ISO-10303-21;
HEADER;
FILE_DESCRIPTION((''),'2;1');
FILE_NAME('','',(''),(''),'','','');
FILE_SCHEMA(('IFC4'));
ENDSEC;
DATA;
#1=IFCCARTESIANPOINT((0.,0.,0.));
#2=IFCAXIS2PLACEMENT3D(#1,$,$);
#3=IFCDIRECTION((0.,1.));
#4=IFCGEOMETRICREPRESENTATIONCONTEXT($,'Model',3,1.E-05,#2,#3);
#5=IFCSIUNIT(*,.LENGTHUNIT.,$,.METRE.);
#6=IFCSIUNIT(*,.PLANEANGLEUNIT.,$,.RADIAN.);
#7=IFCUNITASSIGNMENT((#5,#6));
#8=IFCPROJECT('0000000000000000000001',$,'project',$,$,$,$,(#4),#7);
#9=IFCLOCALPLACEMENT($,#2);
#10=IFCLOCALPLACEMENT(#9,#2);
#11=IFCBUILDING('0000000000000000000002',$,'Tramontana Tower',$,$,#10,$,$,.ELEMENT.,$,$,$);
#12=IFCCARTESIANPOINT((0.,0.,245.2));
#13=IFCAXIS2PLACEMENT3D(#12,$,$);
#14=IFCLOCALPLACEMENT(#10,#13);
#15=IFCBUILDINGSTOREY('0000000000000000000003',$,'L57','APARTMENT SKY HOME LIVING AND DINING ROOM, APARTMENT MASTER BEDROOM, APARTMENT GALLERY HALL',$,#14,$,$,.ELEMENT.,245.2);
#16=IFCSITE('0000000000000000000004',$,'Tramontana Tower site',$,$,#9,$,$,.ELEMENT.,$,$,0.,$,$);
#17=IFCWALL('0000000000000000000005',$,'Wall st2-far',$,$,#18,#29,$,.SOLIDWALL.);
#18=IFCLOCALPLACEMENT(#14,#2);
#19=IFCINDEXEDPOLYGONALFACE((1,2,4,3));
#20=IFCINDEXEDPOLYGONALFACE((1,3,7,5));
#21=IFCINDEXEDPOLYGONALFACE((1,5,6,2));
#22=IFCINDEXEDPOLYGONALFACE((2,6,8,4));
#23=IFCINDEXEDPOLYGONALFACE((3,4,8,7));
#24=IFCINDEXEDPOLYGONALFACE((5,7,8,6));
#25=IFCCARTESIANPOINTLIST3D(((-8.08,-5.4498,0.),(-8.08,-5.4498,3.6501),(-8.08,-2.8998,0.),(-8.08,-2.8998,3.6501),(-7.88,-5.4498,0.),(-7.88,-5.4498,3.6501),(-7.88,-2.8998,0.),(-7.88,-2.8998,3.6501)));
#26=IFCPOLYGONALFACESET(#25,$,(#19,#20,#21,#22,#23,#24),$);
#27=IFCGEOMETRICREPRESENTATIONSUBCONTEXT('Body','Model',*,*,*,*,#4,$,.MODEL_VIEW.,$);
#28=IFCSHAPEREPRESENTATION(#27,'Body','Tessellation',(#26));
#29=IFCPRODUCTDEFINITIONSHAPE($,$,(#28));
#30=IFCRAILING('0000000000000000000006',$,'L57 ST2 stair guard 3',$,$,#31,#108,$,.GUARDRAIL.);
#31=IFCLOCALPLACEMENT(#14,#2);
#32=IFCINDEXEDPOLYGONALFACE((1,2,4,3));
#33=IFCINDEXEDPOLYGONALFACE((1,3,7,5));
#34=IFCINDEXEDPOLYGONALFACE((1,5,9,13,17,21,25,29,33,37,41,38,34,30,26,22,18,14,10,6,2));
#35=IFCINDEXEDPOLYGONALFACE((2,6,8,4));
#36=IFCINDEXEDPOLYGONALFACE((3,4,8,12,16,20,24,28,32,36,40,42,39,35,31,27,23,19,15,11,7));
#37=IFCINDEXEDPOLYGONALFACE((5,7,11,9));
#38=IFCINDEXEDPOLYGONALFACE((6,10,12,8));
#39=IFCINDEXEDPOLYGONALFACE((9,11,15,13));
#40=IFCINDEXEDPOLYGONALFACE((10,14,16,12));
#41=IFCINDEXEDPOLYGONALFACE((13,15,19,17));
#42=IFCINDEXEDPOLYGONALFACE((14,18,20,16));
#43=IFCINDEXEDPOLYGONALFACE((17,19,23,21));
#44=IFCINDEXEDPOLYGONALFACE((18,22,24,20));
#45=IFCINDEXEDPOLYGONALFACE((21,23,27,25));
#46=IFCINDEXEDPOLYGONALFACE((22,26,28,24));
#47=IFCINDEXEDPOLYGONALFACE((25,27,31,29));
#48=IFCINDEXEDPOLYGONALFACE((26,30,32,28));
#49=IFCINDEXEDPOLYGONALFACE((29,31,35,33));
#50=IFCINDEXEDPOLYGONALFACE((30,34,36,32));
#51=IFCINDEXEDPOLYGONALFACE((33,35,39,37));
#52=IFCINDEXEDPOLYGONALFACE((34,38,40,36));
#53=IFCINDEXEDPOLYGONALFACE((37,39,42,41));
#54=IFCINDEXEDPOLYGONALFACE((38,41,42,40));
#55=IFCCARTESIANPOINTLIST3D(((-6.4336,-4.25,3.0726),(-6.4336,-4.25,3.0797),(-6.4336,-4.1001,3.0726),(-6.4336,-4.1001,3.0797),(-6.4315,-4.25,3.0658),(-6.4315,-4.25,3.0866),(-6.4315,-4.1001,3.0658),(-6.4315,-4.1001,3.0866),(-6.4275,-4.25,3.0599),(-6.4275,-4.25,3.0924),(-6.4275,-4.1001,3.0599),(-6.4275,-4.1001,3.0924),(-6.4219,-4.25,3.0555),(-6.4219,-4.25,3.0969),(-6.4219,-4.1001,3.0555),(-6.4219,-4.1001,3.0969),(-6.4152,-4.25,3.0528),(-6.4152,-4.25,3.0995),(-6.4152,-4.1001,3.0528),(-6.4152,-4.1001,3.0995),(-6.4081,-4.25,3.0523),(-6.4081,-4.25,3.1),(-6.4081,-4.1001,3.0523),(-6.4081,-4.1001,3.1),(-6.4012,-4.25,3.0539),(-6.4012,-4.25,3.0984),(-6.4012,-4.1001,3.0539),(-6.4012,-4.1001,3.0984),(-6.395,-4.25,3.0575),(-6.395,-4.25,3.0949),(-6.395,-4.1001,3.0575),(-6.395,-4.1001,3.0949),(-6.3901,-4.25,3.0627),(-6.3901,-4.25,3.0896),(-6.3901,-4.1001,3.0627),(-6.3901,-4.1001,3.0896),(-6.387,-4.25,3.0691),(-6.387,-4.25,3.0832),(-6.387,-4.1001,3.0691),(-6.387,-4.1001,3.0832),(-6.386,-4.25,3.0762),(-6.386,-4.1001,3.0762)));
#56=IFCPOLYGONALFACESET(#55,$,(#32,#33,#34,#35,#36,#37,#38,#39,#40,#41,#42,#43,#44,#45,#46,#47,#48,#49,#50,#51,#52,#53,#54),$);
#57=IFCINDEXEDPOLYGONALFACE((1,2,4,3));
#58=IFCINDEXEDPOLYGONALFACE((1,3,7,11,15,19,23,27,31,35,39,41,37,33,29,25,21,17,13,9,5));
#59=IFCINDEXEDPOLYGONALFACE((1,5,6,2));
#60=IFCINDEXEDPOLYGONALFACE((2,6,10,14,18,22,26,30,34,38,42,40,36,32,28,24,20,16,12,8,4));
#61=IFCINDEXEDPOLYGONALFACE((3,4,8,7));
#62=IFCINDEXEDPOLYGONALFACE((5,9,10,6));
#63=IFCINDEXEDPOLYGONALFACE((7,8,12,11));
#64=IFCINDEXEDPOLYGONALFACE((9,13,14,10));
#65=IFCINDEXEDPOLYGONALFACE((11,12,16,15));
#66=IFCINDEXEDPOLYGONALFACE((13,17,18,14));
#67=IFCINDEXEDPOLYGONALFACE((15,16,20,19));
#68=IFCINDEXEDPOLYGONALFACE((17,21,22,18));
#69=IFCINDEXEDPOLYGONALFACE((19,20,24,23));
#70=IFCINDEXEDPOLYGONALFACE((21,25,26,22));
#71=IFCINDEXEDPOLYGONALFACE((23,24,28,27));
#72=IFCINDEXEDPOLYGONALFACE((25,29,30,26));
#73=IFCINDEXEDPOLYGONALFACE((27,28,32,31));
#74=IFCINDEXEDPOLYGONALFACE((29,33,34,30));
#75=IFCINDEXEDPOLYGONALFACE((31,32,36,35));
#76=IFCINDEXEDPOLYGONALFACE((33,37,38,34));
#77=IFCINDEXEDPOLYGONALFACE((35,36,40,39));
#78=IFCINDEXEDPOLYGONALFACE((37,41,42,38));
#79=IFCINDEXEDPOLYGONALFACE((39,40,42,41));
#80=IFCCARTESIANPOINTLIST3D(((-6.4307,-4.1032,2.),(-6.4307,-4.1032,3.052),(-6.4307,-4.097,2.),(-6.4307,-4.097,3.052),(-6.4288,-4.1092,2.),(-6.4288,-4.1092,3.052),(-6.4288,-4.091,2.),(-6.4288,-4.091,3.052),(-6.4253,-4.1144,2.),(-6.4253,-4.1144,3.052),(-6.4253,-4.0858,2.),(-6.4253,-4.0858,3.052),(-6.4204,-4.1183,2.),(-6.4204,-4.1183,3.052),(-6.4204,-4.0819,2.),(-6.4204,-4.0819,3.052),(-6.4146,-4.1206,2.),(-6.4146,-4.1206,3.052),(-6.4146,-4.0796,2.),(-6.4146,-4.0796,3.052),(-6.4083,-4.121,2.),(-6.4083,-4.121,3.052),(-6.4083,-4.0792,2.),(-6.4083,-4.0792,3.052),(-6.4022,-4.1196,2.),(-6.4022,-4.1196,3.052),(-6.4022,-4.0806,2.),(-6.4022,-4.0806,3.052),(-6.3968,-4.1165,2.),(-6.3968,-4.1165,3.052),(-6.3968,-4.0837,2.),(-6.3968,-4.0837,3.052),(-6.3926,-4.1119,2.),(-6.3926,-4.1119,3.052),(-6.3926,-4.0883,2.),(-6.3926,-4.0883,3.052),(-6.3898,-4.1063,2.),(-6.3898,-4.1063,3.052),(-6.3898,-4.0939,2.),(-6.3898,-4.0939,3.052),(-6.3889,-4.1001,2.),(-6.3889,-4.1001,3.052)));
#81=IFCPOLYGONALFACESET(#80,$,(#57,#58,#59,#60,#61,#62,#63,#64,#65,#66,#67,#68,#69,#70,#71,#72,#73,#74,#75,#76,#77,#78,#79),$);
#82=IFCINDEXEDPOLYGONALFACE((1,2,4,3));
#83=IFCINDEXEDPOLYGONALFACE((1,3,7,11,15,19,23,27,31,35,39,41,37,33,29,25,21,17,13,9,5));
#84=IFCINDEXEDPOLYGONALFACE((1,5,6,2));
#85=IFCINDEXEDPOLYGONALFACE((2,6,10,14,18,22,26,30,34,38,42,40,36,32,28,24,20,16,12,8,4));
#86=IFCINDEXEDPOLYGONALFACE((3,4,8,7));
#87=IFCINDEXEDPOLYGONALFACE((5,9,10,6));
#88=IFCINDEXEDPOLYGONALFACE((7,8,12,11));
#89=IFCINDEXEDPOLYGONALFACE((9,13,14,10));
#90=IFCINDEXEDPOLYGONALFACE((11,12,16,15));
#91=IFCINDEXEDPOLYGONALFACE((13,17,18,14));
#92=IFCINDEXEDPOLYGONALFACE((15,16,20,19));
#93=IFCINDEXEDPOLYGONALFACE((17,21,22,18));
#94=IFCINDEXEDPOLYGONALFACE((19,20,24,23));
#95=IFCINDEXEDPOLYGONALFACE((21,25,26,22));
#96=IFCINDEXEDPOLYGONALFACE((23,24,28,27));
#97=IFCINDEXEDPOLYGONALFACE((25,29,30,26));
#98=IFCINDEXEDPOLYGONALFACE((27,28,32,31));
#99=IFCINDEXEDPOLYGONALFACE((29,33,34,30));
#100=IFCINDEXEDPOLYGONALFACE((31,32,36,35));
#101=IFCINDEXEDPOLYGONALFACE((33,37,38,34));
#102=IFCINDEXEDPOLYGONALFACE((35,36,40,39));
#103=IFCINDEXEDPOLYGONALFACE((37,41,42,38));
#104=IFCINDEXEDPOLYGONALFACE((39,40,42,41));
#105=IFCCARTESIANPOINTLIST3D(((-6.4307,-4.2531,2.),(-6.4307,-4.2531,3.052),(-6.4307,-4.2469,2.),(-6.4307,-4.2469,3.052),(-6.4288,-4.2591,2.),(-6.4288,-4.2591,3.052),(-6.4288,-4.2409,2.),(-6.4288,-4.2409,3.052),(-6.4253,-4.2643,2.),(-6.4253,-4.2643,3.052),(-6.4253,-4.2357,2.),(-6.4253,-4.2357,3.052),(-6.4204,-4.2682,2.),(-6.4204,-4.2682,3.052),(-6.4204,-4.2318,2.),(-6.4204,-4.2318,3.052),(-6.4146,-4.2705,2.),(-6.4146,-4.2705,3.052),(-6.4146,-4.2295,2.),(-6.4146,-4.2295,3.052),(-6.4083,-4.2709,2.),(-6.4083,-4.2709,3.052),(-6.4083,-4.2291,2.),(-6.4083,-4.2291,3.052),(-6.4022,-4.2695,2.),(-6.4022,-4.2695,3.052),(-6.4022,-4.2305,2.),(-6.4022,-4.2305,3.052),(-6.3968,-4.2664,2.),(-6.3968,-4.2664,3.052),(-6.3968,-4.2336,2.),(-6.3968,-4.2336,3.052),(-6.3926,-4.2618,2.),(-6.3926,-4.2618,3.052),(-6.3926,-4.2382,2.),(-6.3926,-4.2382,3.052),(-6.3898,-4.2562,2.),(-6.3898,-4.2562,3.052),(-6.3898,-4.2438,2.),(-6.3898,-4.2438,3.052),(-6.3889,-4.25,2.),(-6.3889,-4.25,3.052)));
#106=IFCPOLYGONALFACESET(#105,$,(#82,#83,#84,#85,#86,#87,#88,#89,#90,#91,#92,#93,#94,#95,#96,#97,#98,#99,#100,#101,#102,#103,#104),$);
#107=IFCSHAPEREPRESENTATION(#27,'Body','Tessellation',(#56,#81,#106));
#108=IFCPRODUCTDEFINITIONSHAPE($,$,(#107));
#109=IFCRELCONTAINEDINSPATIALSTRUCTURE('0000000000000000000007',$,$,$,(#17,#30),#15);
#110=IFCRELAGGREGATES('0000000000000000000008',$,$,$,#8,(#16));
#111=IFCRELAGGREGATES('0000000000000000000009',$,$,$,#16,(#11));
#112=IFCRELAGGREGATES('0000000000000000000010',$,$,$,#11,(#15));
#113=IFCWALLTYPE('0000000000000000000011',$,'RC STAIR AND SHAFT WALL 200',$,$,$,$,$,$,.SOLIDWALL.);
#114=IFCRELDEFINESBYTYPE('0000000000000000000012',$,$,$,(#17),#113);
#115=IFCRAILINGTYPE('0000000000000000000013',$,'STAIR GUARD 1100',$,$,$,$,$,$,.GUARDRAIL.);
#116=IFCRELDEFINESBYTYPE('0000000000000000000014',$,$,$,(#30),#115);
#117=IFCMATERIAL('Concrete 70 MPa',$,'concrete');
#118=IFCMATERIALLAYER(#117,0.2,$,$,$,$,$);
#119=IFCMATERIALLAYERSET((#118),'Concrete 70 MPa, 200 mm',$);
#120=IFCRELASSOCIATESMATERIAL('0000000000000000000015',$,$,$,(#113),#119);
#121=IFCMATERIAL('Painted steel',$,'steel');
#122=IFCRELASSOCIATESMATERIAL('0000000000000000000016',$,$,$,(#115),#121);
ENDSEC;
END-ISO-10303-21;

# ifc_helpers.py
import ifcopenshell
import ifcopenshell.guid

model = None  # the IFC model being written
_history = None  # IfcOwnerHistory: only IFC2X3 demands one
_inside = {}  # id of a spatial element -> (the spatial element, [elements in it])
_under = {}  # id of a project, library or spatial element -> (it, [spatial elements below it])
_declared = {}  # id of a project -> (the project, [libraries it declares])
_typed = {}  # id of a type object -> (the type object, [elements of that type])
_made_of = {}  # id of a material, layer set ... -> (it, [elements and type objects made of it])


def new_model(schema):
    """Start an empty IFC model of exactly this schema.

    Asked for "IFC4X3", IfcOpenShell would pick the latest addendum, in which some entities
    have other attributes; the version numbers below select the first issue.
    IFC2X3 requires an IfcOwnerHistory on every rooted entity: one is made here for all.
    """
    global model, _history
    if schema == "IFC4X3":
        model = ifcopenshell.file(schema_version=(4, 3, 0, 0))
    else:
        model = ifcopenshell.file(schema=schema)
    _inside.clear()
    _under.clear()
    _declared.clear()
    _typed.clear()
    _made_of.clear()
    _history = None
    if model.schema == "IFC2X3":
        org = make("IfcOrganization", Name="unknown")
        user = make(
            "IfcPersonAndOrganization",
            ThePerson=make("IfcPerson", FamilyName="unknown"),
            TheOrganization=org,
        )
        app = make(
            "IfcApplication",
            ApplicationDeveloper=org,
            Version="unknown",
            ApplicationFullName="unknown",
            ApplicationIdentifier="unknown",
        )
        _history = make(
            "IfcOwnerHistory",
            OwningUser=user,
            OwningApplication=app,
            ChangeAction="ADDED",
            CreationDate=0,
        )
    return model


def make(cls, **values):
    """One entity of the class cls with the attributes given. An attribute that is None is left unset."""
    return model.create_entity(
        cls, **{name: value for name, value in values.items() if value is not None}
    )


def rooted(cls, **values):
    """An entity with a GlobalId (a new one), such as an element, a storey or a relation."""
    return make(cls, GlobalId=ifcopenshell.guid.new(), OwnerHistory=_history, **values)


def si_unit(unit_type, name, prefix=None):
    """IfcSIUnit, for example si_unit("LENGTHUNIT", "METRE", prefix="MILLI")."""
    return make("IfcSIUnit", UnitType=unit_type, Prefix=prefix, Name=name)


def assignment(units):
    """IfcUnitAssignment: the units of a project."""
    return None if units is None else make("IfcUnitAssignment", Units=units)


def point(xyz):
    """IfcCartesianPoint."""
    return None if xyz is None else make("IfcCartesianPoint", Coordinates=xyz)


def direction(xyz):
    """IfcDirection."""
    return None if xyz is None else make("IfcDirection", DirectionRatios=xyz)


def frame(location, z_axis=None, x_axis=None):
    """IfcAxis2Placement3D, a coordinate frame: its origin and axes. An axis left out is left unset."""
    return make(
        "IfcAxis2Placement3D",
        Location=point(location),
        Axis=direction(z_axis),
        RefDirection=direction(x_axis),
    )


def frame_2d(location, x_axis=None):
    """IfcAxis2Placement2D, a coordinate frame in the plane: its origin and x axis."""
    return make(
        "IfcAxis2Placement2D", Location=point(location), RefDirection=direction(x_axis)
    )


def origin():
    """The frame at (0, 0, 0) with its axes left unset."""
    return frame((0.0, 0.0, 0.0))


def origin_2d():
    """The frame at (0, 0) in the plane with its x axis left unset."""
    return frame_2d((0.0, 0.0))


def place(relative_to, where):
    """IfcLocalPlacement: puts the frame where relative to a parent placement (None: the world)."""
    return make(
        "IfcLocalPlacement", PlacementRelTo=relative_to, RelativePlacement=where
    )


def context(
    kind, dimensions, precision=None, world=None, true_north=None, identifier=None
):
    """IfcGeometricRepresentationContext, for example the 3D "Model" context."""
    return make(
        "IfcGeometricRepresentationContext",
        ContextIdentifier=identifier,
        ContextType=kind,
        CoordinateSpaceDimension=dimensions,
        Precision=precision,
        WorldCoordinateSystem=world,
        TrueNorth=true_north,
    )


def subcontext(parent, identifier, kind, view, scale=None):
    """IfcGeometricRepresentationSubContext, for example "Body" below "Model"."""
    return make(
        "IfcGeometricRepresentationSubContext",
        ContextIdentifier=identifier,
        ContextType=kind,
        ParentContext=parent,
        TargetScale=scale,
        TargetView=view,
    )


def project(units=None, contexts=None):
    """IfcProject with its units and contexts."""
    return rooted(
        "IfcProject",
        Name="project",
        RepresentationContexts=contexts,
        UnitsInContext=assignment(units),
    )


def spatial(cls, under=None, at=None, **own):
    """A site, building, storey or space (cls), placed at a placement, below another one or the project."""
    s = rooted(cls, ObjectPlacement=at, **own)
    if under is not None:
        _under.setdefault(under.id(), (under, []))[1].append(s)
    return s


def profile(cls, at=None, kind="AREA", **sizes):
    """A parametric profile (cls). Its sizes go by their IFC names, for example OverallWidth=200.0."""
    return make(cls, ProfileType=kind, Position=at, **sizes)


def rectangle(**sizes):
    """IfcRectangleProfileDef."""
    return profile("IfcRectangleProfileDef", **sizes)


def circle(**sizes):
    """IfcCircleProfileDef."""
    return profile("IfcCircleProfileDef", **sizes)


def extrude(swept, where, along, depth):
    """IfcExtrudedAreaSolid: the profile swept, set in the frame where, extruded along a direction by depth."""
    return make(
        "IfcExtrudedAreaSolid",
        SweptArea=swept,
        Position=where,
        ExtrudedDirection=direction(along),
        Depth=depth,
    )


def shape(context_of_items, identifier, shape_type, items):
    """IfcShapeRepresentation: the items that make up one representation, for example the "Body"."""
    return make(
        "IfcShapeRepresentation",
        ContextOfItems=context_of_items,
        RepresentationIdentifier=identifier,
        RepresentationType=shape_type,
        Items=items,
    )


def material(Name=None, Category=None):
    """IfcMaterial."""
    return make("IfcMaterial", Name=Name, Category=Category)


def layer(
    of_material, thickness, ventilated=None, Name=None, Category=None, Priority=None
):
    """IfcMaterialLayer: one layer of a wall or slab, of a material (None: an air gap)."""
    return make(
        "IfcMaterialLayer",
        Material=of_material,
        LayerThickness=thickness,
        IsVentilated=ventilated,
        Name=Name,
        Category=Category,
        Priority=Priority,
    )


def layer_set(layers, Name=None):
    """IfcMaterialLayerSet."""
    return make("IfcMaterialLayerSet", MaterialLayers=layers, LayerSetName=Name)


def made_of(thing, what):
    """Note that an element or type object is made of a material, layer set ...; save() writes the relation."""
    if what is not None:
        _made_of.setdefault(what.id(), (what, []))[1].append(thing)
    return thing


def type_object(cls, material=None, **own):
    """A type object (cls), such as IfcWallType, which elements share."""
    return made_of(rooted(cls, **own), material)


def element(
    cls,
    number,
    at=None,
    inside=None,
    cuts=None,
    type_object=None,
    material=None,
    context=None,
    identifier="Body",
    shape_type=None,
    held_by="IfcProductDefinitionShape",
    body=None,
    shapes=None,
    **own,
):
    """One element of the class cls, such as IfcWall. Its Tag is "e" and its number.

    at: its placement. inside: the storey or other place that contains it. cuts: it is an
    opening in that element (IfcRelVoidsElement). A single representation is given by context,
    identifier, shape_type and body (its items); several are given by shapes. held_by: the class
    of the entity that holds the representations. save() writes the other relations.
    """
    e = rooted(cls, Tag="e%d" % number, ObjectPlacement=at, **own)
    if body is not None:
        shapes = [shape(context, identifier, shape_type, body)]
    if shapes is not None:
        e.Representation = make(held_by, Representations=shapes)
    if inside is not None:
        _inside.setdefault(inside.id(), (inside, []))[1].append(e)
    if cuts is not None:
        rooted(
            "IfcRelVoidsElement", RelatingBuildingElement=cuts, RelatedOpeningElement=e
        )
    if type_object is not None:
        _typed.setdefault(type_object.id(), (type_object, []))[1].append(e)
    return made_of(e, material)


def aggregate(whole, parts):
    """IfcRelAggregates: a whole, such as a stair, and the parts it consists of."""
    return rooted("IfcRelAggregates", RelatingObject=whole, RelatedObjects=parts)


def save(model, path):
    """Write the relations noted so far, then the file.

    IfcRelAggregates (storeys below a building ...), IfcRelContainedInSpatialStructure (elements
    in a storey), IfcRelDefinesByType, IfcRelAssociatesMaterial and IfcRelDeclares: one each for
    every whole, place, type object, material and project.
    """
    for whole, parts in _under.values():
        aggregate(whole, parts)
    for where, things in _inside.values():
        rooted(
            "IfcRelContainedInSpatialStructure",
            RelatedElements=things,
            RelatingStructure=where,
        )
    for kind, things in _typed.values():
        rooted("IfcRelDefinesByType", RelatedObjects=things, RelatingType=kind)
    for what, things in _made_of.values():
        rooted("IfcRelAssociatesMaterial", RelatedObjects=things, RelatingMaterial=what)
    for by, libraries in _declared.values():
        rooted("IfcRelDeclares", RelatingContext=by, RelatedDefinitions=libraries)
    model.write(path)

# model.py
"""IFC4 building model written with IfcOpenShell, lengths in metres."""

from ifc_helpers import new_model, si_unit, direction, frame, frame_2d, origin, origin_2d, place, context, subcontext, project, spatial, rectangle, circle, extrude, material, layer, layer_set, type_object, element, save


model = new_model("IFC4")

# Units and contexts
model_context = context("Model", 3, precision=1e-05, world=origin(), true_north=direction((0.0, 1.0)))
body_context = subcontext(model_context, "Body", "Model", "MODEL_VIEW")
ifc_project = project(units=[si_unit("LENGTHUNIT", "METRE"), si_unit("PLANEANGLEUNIT", "RADIAN")], contexts=[model_context])

# Site, building, storey
site_placement = place(None, origin())
site = spatial("IfcSite", under=ifc_project, at=site_placement, Name="Tramontana Tower site", CompositionType="ELEMENT", RefElevation=0.0)
building_placement = place(site_placement, origin())
building = spatial("IfcBuilding", under=site, at=building_placement, Name="Tramontana Tower", CompositionType="ELEMENT")
storey_placement = place(building_placement, frame((0.0, 0.0, 245.2)))
storey = spatial("IfcBuildingStorey", under=building, at=storey_placement, Name="L57", Description="APARTMENT SKY HOME LIVING AND DINING ROOM, APARTMENT MASTER BEDROOM, APARTMENT GALLERY HALL", CompositionType="ELEMENT", Elevation=245.2)

# Wall
ifc_material_1 = material(Name="Concrete 70 MPa", Category="concrete")
ifc_layer_1 = layer(ifc_material_1, 0.2)
ifc_layer_set_1 = layer_set([ifc_layer_1], Name="Concrete 70 MPa, 200 mm")
wall_type_1 = type_object("IfcWallType", Name="RC STAIR AND SHAFT WALL 200", PredefinedType="SOLIDWALL", material=ifc_layer_set_1)
wall_1_placement = place(storey_placement, frame((-7.98, -2.8999, 0.0), z_axis=(0.0, 0.0, 1.0), x_axis=(0.0, -1.0, 0.0)))
element("IfcWall", 1, at=wall_1_placement, inside=storey, type_object=wall_type_1, Name="Wall st2-far", PredefinedType="SOLIDWALL", context=body_context, shape_type="SweptSolid", body=[
    extrude(rectangle(XDim=2.55, YDim=0.2, at=frame_2d((1.2749, 0.0))), origin(), (0.0, 0.0, 1.0), 3.6501),
])

# Railing
ifc_material_2 = material(Name="Painted steel", Category="steel")
railing_type_1 = type_object("IfcRailingType", Name="STAIR GUARD 1100", PredefinedType="GUARDRAIL", material=ifc_material_2)
railing_1_placement = place(storey_placement, frame((-6.4099, -4.1001, 2.0)))
element("IfcRailing", 2, at=railing_1_placement, inside=storey, type_object=railing_type_1, Name="L57 ST2 stair guard 3", PredefinedType="GUARDRAIL", context=body_context, shape_type="SweptSolid", body=[
    extrude(circle(Radius=0.0239, at=origin_2d()), frame((0.0, 0.0, 1.0762), z_axis=(0.0, -1.0, 0.0), x_axis=(1.0, 0.0, 0.0)), (0.0, 0.0, 1.0), 0.1499),
    extrude(circle(Radius=0.021, at=origin_2d()), origin(), (0.0, 0.0, 1.0), 1.052),
    extrude(circle(Radius=0.021, at=origin_2d()), frame((0.0, -0.1499, 0.0)), (0.0, 0.0, 1.0), 1.052),
])

save(model, "model.ifc")
